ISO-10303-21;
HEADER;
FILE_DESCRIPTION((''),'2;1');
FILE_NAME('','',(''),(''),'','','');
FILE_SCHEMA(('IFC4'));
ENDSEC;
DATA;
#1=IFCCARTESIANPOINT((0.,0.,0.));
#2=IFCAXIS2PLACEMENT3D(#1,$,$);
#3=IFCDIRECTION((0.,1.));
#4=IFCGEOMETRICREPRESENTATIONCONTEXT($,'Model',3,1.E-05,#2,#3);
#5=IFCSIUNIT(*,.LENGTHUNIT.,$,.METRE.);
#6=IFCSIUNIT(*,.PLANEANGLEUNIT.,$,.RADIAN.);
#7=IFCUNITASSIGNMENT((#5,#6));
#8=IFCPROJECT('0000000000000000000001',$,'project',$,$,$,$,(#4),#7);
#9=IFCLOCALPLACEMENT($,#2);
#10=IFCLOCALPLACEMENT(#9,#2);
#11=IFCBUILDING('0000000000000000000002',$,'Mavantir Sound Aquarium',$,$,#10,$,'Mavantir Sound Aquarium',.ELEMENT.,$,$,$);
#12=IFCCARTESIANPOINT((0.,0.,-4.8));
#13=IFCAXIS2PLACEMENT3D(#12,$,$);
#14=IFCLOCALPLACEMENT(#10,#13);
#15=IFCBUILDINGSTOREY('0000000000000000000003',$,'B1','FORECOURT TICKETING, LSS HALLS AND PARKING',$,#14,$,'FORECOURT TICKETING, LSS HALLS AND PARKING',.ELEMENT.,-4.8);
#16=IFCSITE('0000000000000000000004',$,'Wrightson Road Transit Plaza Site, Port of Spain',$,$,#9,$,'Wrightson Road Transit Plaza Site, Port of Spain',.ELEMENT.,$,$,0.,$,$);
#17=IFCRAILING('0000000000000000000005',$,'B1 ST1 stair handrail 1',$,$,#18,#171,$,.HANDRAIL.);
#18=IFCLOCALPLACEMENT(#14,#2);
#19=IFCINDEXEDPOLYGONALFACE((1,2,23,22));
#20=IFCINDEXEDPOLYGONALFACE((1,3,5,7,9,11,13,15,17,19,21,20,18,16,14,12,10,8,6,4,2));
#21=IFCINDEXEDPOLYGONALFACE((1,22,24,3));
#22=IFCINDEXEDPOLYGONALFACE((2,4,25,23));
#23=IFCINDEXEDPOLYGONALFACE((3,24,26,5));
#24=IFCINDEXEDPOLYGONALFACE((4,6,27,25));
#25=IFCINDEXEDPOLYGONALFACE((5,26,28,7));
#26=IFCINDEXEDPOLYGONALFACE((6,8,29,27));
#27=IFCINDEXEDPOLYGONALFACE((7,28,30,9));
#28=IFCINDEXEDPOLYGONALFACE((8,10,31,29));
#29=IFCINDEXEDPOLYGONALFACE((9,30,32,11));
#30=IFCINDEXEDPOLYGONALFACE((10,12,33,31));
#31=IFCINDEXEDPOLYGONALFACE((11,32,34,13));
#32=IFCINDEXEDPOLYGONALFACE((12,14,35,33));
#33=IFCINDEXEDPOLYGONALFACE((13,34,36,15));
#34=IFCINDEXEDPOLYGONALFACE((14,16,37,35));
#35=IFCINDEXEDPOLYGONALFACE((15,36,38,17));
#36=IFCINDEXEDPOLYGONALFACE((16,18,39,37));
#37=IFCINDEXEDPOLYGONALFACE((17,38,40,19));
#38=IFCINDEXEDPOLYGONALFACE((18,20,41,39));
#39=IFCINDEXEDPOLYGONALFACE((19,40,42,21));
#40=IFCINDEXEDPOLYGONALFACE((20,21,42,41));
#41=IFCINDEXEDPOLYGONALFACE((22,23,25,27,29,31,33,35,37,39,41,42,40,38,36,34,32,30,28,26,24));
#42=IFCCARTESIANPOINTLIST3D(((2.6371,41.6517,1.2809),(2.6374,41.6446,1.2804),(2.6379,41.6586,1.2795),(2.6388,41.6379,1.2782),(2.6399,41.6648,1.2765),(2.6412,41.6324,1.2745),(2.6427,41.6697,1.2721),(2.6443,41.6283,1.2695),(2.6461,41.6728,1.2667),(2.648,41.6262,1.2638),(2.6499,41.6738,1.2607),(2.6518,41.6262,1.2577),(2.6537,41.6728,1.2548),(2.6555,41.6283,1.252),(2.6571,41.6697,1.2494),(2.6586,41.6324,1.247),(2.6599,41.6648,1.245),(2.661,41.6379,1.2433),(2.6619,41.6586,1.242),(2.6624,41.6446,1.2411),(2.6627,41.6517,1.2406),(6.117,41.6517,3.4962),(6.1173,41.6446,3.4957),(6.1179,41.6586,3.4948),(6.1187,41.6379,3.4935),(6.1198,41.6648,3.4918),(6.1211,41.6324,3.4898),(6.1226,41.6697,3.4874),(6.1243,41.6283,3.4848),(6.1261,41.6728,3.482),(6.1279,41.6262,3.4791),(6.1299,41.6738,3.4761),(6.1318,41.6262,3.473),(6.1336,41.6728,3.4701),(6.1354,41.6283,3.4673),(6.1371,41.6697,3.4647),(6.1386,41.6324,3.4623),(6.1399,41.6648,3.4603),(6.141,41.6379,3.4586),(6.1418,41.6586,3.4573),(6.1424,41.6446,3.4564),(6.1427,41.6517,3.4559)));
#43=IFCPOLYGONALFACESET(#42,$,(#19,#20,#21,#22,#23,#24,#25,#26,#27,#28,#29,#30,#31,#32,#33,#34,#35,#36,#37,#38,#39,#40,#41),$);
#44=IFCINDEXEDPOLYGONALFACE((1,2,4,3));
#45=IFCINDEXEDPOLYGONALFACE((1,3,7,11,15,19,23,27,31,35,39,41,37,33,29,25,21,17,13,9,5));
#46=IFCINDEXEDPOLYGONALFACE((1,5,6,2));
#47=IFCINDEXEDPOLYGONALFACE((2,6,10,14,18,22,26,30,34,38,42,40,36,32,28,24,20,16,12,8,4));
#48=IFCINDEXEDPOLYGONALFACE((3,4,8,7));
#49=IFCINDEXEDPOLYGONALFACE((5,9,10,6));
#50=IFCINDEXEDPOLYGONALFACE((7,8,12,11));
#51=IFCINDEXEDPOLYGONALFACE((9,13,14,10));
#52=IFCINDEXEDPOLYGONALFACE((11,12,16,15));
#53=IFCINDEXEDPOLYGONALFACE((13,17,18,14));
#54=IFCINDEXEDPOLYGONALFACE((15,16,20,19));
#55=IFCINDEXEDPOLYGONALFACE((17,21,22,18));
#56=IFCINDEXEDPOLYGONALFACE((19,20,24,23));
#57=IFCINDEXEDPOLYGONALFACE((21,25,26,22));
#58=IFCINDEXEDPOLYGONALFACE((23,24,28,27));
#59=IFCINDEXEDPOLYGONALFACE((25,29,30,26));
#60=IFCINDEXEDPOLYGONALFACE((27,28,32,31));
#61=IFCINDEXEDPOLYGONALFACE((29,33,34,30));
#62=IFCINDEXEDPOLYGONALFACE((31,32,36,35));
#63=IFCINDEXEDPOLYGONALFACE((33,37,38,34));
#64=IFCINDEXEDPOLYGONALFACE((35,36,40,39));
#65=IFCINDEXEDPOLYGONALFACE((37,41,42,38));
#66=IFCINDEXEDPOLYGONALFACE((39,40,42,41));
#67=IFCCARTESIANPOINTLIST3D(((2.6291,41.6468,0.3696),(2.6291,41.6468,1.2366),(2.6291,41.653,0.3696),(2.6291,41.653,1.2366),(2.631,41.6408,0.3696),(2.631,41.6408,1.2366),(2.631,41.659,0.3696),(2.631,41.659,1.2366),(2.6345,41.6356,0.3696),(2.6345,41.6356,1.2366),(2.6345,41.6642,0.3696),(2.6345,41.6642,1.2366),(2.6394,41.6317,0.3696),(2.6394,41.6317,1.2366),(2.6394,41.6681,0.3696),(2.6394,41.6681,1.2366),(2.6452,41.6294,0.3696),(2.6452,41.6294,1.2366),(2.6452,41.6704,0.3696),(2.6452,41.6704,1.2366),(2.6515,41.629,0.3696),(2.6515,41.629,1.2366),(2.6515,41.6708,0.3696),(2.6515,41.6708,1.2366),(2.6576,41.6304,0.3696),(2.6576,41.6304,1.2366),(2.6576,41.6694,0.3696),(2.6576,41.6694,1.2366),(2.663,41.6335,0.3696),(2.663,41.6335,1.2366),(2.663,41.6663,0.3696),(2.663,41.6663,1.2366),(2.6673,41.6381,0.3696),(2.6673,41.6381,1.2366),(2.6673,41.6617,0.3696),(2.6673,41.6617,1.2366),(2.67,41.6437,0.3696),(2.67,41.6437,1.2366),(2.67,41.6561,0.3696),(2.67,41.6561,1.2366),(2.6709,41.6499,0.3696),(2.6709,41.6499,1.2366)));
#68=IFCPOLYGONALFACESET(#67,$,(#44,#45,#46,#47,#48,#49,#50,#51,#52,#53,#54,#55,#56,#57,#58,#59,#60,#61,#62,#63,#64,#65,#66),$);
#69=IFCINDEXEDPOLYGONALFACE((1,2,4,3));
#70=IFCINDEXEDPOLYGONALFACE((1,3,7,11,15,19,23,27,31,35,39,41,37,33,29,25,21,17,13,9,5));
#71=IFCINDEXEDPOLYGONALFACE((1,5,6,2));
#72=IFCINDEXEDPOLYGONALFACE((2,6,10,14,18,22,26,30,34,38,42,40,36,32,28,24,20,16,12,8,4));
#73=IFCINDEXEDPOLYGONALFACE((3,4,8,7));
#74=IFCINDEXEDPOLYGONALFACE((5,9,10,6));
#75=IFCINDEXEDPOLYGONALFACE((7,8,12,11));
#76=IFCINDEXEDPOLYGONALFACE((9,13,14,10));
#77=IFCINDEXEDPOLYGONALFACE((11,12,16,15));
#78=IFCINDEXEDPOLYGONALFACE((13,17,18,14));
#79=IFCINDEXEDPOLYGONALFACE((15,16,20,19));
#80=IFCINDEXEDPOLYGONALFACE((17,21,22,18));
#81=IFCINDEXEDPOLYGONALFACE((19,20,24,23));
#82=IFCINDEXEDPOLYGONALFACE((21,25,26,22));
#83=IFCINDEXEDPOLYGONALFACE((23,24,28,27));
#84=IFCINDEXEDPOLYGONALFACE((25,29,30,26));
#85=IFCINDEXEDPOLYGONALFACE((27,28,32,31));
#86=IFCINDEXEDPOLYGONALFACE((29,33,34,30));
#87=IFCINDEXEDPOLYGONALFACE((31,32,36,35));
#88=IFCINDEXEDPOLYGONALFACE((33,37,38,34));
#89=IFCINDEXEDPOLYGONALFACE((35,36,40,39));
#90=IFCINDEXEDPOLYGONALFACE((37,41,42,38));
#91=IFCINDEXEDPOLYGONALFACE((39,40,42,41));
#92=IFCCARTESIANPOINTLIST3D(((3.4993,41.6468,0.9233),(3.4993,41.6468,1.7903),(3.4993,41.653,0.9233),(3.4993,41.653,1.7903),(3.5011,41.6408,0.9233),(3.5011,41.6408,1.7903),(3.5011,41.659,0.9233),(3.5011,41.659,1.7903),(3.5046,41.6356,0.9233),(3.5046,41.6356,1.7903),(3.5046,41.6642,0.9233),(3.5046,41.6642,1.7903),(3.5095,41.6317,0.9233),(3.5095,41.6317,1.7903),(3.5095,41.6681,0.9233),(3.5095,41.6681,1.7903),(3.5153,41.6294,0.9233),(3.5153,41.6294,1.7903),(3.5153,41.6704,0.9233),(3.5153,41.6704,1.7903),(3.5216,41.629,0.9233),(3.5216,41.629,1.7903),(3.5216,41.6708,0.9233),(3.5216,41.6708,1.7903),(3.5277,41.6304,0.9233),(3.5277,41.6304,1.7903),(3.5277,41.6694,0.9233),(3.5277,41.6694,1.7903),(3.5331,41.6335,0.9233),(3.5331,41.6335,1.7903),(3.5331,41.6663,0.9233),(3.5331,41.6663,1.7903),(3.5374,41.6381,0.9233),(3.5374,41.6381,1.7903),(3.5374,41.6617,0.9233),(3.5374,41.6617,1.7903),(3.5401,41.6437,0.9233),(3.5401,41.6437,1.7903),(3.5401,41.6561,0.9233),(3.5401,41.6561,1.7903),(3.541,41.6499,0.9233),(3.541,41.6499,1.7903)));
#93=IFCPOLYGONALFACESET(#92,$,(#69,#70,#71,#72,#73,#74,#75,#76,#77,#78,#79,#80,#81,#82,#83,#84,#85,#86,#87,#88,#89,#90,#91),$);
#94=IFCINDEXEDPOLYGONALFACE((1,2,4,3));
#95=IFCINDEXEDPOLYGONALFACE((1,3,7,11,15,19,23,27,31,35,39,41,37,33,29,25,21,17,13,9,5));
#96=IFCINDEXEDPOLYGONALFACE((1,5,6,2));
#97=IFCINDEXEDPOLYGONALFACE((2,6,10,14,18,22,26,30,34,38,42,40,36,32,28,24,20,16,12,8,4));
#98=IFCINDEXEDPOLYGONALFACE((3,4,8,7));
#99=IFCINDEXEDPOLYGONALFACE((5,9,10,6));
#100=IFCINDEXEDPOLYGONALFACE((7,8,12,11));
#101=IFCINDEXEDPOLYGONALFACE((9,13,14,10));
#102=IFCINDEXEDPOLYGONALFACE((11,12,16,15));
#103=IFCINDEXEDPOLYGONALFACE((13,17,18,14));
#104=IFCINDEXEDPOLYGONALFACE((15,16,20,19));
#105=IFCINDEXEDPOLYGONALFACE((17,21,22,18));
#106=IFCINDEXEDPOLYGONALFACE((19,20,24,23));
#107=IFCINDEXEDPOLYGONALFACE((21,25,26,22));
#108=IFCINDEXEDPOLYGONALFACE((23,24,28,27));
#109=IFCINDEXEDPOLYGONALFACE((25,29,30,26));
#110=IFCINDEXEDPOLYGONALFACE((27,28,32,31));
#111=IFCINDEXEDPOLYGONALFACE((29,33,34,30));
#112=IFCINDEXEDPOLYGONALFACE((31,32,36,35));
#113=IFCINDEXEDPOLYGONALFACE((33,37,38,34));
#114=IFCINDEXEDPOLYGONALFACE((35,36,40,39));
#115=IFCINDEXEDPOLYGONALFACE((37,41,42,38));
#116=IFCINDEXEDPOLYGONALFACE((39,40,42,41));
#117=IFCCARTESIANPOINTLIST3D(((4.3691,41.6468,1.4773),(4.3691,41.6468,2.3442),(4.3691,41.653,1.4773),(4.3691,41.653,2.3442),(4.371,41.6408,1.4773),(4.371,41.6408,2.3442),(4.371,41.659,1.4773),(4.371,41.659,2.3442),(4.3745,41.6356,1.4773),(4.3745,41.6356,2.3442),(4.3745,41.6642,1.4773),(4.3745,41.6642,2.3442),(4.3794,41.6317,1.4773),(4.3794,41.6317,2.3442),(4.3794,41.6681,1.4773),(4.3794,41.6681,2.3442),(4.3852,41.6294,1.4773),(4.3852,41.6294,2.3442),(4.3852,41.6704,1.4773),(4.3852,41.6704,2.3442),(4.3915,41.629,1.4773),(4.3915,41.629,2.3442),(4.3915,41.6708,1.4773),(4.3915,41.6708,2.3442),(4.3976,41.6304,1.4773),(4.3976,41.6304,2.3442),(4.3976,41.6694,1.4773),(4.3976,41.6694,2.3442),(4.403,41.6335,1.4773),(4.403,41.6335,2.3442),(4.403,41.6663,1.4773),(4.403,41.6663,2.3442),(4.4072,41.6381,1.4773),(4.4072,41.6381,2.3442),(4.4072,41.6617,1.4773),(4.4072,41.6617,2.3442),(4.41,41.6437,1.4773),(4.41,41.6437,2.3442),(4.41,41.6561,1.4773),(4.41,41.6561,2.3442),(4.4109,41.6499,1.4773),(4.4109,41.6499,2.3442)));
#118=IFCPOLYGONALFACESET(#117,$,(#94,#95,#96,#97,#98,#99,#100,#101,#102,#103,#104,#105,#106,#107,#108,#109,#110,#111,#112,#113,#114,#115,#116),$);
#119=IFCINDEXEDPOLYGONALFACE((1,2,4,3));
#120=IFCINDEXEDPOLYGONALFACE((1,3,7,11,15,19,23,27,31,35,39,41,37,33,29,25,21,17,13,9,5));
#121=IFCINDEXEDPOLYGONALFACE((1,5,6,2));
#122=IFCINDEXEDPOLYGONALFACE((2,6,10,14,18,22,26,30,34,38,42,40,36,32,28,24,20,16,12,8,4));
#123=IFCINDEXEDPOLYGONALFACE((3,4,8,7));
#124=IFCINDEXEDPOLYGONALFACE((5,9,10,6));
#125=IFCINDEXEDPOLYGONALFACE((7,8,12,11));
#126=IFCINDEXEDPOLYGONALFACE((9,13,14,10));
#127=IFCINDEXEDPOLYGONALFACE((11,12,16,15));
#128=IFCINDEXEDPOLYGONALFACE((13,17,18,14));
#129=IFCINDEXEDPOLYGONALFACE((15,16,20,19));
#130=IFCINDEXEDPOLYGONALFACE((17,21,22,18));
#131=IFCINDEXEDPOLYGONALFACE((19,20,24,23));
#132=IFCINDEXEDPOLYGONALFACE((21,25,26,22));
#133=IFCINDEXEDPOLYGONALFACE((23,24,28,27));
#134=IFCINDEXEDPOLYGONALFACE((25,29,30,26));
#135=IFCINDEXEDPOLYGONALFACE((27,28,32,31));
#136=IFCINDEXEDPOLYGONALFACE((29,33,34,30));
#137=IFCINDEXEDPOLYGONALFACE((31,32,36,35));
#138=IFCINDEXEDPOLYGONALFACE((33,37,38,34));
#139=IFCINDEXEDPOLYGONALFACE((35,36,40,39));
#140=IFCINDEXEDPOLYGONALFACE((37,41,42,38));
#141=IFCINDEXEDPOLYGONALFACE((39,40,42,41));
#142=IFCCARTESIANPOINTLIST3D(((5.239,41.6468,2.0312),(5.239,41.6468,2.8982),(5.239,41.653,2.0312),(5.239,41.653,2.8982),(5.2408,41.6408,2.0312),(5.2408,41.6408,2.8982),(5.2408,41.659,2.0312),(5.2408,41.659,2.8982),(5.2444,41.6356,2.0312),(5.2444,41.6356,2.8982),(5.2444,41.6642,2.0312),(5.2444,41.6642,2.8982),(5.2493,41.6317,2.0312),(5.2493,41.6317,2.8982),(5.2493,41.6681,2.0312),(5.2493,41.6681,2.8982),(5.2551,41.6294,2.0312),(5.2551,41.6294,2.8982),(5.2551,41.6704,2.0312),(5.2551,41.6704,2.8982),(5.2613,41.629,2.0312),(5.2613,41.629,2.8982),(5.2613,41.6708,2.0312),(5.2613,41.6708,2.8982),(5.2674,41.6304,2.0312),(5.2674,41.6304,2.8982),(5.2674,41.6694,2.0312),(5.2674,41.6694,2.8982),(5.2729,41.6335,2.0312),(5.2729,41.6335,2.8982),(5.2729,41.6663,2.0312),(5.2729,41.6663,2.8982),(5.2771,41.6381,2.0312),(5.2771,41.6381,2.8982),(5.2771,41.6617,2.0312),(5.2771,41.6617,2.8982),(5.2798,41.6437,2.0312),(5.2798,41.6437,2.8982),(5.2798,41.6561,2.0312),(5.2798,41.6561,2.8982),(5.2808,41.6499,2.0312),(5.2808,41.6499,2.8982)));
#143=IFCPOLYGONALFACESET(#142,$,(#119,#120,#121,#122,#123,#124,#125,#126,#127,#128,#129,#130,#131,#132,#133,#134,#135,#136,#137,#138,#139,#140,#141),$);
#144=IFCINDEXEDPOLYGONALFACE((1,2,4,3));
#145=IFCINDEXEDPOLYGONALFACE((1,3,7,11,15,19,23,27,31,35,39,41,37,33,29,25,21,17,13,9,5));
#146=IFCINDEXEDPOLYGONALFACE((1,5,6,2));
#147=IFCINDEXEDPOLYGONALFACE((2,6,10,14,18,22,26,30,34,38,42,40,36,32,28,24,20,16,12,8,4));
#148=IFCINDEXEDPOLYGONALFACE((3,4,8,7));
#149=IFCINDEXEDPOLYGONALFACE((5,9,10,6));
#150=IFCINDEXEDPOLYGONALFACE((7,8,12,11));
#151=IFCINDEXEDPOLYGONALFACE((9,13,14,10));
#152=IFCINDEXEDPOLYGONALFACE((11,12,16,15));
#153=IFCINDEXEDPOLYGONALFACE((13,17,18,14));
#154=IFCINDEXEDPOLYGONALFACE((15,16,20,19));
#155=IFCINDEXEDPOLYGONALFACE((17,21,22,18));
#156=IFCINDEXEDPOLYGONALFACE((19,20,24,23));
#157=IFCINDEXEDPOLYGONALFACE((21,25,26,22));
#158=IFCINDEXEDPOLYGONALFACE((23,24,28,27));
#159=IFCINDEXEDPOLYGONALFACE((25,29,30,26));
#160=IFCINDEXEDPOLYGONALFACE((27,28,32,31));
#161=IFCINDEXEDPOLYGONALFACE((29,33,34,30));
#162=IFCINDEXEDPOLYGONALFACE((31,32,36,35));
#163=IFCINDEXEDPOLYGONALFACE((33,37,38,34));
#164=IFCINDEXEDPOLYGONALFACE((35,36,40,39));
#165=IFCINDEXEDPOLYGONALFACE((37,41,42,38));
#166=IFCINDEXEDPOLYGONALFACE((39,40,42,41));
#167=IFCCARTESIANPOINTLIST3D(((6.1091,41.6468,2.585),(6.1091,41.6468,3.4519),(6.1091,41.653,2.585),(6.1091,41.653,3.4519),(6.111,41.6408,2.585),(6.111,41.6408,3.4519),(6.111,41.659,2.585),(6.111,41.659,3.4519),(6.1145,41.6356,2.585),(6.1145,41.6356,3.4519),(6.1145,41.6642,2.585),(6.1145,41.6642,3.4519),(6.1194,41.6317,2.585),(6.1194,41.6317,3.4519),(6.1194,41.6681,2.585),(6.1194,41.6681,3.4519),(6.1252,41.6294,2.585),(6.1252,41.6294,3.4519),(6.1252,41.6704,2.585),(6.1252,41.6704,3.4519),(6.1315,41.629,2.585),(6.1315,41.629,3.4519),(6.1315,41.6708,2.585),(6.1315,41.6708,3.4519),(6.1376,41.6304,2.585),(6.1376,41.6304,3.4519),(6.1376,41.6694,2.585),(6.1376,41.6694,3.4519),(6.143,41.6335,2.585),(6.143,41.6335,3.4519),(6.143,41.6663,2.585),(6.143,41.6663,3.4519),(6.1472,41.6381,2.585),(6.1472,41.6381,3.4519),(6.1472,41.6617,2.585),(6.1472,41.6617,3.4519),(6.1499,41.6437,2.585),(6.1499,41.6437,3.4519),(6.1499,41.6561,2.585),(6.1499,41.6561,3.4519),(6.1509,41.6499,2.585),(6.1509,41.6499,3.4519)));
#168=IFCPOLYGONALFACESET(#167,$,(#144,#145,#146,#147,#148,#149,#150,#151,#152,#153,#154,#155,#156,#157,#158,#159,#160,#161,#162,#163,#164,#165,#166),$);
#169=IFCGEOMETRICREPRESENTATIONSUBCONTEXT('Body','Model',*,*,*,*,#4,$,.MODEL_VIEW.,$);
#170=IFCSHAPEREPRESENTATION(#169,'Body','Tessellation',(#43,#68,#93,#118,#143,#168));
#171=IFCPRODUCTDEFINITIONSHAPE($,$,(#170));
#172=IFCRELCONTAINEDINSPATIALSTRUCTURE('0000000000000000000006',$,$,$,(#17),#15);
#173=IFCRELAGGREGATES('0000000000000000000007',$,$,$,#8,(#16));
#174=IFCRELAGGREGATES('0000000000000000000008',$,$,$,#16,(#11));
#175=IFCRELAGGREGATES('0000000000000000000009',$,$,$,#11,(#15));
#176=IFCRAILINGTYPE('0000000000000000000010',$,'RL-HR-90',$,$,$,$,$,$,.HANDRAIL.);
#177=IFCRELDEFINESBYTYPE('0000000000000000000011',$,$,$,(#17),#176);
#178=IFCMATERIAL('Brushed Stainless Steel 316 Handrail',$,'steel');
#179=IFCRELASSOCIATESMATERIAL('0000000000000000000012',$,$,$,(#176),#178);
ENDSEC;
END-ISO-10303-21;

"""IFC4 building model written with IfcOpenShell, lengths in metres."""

from ifc_helpers import new_model, si_unit, direction, frame, origin, origin_2d, place, context, subcontext, project, spatial, circle, extrude, material, type_object, element, save


model = new_model("IFC4")

# Units and contexts
model_context = context("Model", 3, precision=1e-05, world=origin(), true_north=direction((0.0, 1.0)))
body_context = subcontext(model_context, "Body", "Model", "MODEL_VIEW")
ifc_project = project(units=[si_unit("LENGTHUNIT", "METRE"), si_unit("PLANEANGLEUNIT", "RADIAN")], contexts=[model_context])

# Site, building, storey
site_placement = place(None, origin())
site = spatial("IfcSite", under=ifc_project, at=site_placement, Name="Wrightson Road Transit Plaza Site, Port of Spain", LongName="Wrightson Road Transit Plaza Site, Port of Spain", CompositionType="ELEMENT", RefElevation=0.0)
building_placement = place(site_placement, origin())
building = spatial("IfcBuilding", under=site, at=building_placement, Name="Mavantir Sound Aquarium", LongName="Mavantir Sound Aquarium", CompositionType="ELEMENT")
storey_placement = place(building_placement, frame((0.0, 0.0, -4.8)))
storey = spatial("IfcBuildingStorey", under=building, at=storey_placement, Name="B1", Description="FORECOURT TICKETING, LSS HALLS AND PARKING", LongName="FORECOURT TICKETING, LSS HALLS AND PARKING", CompositionType="ELEMENT", Elevation=-4.8)

# Railing
ifc_material_1 = material(Name="Brushed Stainless Steel 316 Handrail", Category="steel")
railing_type_1 = type_object("IfcRailingType", Name="RL-HR-90", PredefinedType="HANDRAIL", material=ifc_material_1)
railing_1_placement = place(storey_placement, frame((2.6499, 41.6499, 0.3696)))
element("IfcRailing", 1, at=railing_1_placement, inside=storey, type_object=railing_type_1, Name="B1 ST1 stair handrail 1", PredefinedType="HANDRAIL", context=body_context, shape_type="SweptSolid", body=[
    extrude(circle(Radius=0.0239, at=origin_2d()), frame((0.0, 0.0, 0.8911), z_axis=(0.843574, 0.0, 0.537013), x_axis=(0.0, 1.0, 0.0)), (0.0, 0.0, 1.0), 4.1252),
    extrude(circle(Radius=0.021, at=origin_2d()), origin(), (0.0, 0.0, 1.0), 0.8669),
    extrude(circle(Radius=0.021, at=origin_2d()), frame((0.8701, 0.0, 0.5537)), (0.0, 0.0, 1.0), 0.8669),
    extrude(circle(Radius=0.021, at=origin_2d()), frame((1.74, 0.0, 1.1077)), (0.0, 0.0, 1.0), 0.8669),
    extrude(circle(Radius=0.021, at=origin_2d()), frame((2.6099, 0.0, 1.6616)), (0.0, 0.0, 1.0), 0.8669),
    extrude(circle(Radius=0.021, at=origin_2d()), frame((3.48, 0.0, 2.2153)), (0.0, 0.0, 1.0), 0.8669),
])

save(model, "model.ifc")
